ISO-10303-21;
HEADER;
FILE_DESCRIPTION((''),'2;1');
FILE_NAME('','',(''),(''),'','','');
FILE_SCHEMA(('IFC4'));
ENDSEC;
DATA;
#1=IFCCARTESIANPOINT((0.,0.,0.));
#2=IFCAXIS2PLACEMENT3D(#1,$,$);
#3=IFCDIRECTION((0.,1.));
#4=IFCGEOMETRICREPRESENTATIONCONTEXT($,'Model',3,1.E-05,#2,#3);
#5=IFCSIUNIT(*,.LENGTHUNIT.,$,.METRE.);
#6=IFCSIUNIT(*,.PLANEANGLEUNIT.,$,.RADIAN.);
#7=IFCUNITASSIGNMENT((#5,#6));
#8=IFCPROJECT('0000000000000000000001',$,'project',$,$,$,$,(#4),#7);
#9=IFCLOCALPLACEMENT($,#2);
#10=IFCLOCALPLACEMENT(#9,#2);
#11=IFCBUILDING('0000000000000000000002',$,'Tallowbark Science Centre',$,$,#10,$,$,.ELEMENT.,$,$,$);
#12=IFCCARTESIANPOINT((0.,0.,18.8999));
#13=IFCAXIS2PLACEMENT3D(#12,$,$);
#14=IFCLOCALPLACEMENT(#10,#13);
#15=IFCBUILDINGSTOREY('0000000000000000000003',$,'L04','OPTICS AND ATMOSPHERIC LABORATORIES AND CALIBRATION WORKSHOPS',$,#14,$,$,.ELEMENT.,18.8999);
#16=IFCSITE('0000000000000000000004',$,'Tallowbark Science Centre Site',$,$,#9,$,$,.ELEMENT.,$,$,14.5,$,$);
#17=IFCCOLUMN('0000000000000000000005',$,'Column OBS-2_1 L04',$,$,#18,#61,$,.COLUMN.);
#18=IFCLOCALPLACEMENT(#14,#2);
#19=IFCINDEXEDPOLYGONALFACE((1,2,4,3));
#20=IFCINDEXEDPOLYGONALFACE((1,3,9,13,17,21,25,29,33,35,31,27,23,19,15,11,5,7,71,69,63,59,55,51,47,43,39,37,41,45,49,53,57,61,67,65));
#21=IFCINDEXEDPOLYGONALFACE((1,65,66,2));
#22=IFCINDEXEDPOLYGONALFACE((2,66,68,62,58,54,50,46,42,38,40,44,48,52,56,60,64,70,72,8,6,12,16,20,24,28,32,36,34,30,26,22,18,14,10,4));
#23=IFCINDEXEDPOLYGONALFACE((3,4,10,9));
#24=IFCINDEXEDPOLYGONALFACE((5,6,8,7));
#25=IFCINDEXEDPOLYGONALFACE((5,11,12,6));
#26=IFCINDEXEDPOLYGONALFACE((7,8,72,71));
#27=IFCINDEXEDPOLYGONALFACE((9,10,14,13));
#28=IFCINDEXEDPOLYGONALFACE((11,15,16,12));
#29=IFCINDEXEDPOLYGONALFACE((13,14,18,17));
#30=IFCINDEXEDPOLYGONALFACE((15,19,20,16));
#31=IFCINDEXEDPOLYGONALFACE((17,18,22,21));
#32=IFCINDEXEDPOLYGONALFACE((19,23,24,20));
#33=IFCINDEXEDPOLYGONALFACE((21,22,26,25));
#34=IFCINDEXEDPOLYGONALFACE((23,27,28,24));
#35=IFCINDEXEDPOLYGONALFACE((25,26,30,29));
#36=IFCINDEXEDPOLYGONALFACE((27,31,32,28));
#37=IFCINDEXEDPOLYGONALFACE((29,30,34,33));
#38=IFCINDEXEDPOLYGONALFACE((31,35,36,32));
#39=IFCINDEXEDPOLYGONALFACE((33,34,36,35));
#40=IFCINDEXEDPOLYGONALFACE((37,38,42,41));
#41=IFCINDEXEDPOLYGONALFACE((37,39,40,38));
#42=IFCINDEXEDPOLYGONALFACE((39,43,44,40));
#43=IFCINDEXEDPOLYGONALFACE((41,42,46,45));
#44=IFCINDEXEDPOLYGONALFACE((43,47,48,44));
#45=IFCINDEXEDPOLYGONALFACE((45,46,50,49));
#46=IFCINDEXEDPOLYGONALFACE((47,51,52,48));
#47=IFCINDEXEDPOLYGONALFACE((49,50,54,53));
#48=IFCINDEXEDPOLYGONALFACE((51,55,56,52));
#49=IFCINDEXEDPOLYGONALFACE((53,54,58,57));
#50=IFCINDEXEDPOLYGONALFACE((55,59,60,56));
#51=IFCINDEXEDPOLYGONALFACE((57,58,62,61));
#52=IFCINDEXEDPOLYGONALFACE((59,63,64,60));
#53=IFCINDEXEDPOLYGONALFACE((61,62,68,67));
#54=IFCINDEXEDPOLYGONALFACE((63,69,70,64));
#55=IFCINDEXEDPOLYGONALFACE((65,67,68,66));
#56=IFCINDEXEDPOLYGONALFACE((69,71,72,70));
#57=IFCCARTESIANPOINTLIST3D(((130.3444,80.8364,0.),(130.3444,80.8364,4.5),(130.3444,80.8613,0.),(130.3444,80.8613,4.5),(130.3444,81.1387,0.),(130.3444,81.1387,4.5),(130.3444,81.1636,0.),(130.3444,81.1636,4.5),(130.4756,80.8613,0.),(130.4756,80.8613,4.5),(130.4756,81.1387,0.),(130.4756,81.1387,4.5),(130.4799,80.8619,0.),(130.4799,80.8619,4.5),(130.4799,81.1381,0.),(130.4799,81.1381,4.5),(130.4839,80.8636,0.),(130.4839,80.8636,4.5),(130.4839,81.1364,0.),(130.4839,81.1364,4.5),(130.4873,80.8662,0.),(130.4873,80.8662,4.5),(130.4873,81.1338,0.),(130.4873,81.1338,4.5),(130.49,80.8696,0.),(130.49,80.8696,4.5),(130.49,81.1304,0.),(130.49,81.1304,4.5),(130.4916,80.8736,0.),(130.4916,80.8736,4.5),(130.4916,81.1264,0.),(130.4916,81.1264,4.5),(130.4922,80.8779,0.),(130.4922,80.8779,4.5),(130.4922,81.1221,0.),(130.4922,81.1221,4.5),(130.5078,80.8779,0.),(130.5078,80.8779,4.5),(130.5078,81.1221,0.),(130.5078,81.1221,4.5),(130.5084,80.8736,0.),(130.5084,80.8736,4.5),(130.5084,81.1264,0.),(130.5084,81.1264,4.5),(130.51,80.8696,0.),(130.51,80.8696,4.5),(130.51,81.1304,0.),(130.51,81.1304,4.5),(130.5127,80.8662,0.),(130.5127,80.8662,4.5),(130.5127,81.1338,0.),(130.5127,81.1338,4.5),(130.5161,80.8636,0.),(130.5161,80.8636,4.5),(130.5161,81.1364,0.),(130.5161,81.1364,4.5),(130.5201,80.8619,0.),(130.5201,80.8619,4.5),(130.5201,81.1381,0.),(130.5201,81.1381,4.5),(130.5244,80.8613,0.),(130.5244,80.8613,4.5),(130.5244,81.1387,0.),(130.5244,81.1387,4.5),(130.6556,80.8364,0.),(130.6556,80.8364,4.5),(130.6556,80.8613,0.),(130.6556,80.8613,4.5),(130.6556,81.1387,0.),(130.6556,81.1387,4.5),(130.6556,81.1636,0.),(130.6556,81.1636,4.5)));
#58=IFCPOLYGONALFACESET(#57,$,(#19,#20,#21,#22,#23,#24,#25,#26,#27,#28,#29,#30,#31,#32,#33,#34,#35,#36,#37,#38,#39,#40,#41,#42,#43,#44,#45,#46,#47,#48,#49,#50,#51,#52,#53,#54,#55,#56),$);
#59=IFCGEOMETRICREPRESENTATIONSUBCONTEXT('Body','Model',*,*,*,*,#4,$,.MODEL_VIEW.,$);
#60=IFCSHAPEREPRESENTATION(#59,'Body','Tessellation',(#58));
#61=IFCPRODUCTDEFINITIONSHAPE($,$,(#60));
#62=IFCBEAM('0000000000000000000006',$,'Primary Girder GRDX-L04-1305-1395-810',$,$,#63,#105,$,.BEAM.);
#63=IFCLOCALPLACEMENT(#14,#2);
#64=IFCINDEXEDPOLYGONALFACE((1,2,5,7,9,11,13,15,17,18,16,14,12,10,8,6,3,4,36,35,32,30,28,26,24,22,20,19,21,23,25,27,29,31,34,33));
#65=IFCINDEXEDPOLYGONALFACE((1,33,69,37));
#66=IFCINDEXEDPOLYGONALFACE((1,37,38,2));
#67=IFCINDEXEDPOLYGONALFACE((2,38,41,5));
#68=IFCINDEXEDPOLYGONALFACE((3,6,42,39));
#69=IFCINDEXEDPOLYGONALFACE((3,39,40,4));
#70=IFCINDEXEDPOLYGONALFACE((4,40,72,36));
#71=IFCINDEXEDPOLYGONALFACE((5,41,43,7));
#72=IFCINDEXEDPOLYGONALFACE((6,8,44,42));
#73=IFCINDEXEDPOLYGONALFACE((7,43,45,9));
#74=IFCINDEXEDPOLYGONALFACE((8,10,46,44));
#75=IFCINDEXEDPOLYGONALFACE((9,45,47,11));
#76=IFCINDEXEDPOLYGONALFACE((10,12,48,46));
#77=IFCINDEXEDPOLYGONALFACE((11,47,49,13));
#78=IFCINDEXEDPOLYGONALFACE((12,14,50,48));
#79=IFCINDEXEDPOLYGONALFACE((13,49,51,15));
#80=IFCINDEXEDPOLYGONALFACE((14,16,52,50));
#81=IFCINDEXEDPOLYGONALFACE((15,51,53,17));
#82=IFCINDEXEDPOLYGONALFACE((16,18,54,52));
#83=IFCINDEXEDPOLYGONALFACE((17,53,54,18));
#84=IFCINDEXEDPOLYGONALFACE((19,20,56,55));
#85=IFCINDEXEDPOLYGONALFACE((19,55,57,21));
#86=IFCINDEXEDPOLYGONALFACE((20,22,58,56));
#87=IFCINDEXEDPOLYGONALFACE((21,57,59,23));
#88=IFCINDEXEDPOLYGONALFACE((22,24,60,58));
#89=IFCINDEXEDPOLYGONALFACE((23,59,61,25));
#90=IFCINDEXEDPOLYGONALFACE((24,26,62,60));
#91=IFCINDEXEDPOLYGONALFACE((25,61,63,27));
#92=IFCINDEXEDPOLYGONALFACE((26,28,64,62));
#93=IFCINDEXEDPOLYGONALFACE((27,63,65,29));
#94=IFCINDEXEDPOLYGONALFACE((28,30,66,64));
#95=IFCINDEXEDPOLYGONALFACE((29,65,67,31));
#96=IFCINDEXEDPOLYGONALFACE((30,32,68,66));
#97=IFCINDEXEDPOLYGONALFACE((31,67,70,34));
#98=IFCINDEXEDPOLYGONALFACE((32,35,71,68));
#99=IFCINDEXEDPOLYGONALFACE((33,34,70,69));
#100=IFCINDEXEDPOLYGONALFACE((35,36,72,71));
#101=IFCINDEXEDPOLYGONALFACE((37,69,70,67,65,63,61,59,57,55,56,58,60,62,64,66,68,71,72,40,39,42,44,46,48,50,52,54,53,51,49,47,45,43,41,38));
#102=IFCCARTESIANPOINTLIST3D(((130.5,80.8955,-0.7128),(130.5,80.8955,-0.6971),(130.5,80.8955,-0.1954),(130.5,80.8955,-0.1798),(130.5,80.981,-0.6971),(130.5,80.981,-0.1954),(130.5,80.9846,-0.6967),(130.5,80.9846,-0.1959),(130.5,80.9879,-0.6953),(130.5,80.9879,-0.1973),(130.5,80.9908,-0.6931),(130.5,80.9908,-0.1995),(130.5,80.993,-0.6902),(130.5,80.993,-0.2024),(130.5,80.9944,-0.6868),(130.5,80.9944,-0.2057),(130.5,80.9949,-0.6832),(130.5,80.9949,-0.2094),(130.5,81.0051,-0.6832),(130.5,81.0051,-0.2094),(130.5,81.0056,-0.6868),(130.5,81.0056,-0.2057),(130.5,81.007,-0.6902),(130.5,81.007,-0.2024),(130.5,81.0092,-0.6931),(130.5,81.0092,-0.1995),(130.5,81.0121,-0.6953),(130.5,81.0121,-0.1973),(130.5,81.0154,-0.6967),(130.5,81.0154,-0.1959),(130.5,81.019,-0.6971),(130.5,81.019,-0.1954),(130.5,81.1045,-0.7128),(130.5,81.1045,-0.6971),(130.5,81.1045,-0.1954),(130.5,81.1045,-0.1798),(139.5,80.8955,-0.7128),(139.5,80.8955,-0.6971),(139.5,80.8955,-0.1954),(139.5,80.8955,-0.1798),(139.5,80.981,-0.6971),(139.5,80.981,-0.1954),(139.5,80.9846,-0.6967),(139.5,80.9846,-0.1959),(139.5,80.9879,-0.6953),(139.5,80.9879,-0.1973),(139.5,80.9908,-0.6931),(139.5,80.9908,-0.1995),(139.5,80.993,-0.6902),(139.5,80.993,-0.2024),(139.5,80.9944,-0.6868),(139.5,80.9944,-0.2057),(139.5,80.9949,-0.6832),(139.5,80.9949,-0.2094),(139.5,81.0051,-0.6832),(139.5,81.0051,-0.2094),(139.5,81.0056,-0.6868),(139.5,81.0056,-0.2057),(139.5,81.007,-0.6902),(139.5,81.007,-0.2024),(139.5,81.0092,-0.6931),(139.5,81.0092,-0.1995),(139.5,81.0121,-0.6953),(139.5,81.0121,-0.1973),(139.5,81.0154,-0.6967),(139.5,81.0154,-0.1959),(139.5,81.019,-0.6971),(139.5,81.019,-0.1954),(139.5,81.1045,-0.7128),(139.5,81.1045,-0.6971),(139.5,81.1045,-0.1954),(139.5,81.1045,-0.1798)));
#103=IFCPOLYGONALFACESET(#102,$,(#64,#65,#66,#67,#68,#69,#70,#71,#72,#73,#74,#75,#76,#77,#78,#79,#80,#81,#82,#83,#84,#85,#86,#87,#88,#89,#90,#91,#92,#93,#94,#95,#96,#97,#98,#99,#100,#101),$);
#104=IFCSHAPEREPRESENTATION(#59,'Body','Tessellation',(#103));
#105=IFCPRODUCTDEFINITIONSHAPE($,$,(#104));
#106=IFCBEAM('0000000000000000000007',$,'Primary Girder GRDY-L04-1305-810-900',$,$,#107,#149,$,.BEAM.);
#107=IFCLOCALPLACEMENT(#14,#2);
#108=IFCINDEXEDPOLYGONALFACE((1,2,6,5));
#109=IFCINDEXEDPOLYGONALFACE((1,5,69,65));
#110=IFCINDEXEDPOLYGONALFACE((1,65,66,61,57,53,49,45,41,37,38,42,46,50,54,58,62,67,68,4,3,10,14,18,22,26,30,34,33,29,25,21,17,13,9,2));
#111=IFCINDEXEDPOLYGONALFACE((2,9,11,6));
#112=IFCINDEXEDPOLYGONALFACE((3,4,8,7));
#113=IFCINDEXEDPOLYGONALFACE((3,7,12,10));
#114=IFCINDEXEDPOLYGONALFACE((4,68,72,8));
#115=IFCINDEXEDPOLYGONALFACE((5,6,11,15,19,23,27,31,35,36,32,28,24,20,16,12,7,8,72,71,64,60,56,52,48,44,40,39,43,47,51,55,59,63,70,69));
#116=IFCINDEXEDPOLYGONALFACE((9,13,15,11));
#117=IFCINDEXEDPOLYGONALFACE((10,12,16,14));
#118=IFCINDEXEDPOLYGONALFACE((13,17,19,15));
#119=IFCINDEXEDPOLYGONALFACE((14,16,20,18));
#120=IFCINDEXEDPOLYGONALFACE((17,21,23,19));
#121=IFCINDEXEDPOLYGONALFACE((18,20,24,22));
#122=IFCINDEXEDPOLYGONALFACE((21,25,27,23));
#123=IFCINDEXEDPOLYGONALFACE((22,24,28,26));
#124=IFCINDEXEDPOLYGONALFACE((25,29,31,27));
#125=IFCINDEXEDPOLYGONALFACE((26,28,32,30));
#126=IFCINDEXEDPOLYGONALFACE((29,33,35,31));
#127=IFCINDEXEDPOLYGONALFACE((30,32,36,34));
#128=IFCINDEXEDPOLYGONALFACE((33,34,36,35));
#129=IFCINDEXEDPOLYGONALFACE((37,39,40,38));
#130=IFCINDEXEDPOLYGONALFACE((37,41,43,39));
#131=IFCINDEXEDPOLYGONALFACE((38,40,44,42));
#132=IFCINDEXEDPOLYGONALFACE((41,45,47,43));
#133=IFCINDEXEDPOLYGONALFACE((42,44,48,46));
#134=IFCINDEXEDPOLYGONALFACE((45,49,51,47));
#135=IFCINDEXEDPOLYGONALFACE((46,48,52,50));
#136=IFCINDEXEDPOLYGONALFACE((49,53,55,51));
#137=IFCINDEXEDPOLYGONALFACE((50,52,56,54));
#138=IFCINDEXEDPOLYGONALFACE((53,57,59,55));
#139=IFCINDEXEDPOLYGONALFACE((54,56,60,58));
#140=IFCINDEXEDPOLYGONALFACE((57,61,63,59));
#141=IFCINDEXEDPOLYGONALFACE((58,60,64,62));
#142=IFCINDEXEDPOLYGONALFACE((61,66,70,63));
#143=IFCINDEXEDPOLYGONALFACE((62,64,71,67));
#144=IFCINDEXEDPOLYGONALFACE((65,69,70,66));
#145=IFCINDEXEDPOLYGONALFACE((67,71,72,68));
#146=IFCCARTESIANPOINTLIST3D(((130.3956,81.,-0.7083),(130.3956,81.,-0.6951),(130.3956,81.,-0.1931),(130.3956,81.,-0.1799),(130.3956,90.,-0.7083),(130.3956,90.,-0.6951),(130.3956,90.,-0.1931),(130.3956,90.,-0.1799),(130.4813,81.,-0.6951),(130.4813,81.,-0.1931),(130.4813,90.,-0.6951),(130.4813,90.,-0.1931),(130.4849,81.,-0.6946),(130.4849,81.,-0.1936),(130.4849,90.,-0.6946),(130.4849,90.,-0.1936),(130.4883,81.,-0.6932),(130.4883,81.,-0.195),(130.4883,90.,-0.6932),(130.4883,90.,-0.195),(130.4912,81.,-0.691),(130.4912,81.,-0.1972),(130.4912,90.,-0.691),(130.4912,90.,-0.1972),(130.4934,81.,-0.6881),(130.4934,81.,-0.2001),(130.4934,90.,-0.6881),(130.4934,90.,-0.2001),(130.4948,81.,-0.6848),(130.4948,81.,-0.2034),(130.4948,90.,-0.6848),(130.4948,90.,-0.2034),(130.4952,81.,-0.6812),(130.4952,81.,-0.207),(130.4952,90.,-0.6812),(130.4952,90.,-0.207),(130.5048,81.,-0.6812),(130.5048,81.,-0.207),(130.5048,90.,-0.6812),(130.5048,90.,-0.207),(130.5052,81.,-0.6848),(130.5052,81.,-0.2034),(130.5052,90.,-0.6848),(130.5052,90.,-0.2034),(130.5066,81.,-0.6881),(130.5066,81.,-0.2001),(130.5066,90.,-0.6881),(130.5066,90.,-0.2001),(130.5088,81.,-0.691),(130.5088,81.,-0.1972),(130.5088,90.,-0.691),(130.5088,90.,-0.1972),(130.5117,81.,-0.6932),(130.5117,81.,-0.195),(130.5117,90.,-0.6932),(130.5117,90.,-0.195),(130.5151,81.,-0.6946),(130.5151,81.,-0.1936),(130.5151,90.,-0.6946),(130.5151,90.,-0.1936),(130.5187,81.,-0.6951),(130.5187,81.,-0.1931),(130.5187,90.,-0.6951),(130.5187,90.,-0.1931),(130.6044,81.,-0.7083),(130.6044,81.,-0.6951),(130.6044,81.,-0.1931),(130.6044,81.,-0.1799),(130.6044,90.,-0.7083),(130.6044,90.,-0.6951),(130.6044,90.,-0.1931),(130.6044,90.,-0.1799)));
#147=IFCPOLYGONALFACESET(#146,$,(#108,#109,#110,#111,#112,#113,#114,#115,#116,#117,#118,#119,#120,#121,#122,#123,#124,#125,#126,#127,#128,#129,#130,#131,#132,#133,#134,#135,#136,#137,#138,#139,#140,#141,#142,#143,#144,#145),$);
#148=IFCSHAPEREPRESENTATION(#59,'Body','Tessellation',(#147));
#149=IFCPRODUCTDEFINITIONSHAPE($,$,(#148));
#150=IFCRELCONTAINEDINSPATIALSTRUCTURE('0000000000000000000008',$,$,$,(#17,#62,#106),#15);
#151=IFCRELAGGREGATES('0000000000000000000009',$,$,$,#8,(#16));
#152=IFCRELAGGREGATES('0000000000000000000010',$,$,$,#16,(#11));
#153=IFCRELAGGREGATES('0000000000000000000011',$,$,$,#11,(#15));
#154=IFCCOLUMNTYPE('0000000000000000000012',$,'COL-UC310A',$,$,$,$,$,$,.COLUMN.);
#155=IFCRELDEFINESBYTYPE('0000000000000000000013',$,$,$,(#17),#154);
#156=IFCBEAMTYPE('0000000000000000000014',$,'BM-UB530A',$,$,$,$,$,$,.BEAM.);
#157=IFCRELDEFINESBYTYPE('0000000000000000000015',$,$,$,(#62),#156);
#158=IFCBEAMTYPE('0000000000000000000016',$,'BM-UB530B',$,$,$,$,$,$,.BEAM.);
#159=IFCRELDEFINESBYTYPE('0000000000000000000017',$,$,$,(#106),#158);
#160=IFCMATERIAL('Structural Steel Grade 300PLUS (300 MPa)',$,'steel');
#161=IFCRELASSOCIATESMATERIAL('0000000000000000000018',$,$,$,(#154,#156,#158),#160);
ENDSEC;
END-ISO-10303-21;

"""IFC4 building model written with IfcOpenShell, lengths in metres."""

from ifc_helpers import new_model, si_unit, direction, frame, origin, origin_2d, place, context, subcontext, project, spatial, i_section, extrude, material, material_profile, profile_set, type_object, element, save


model = new_model("IFC4")

# Units and contexts
model_context = context("Model", 3, precision=1e-05, world=origin(), true_north=direction((0.0, 1.0)))
body_context = subcontext(model_context, "Body", "Model", "MODEL_VIEW")
ifc_project = project(units=[si_unit("LENGTHUNIT", "METRE"), si_unit("PLANEANGLEUNIT", "RADIAN")], contexts=[model_context])

# Site, building, storey
site_placement = place(None, origin())
site = spatial("IfcSite", under=ifc_project, at=site_placement, Name="Tallowbark Science Centre Site", CompositionType="ELEMENT", RefElevation=14.5)
building_placement = place(site_placement, origin())
building = spatial("IfcBuilding", under=site, at=building_placement, Name="Tallowbark Science Centre", CompositionType="ELEMENT")
storey_placement = place(building_placement, frame((0.0, 0.0, 18.8999)))
storey = spatial("IfcBuildingStorey", under=building, at=storey_placement, Name="L04", Description="OPTICS AND ATMOSPHERIC LABORATORIES AND CALIBRATION WORKSHOPS", CompositionType="ELEMENT", Elevation=18.8999)

# Column
ifc_material_1 = material(Name="Structural Steel Grade 300PLUS (300 MPa)", Category="steel")
ifc_material_profile_1 = material_profile(ifc_material_1, i_section(OverallWidth=0.3113, OverallDepth=0.3271, WebThickness=0.0156, FlangeThickness=0.0249, FilletRadius=0.0166, at=origin_2d()), Name="310UC158")
ifc_profile_set_1 = profile_set([ifc_material_profile_1], Name="Structural Steel Grade 300PLUS (300 MPa)")
column_type = type_object("IfcColumnType", Name="COL-UC310A", PredefinedType="COLUMN", material=ifc_profile_set_1)
column_placement = place(storey_placement, frame((130.5, 81.0, 0.0), z_axis=(0.0, 0.0, 1.0), x_axis=(1.0, 0.0, 0.0)))
element("IfcColumn", 1, at=column_placement, inside=storey, type_object=column_type, Name="Column OBS-2_1 L04", PredefinedType="COLUMN", context=body_context, shape_type="SweptSolid", body=[
    extrude(i_section(OverallWidth=0.3113, OverallDepth=0.3271, WebThickness=0.0156, FlangeThickness=0.0249, FilletRadius=0.0166, at=origin_2d()), origin(), (0.0, 0.0, 1.0), 4.5),
])

# Beams
ifc_material_profile_2 = material_profile(ifc_material_1, i_section(OverallWidth=0.209, OverallDepth=0.533, WebThickness=0.0103, FlangeThickness=0.0156, FilletRadius=0.0139, at=origin_2d()), Name="530UB92.4")
ifc_profile_set_2 = profile_set([ifc_material_profile_2], Name="Structural Steel Grade 300PLUS (300 MPa)")
beam_type_1 = type_object("IfcBeamType", Name="BM-UB530A", PredefinedType="BEAM", material=ifc_profile_set_2)
beam_1_placement = place(storey_placement, frame((130.5, 81.0, -0.4463), z_axis=(1.0, 0.0, 0.0), x_axis=(0.0, 1.0, 0.0)))
element("IfcBeam", 2, at=beam_1_placement, inside=storey, type_object=beam_type_1, Name="Primary Girder GRDX-L04-1305-1395-810", PredefinedType="BEAM", context=body_context, shape_type="SweptSolid", body=[
    extrude(i_section(OverallWidth=0.209, OverallDepth=0.533, WebThickness=0.0103, FlangeThickness=0.0156, FilletRadius=0.0139, at=origin_2d()), origin(), (0.0, 0.0, 1.0), 9.0),
])
ifc_material_profile_3 = material_profile(ifc_material_1, i_section(OverallWidth=0.2087, OverallDepth=0.5283, WebThickness=0.0095, FlangeThickness=0.0132, FilletRadius=0.0139, at=origin_2d()), Name="530UB82.0")
ifc_profile_set_3 = profile_set([ifc_material_profile_3], Name="Structural Steel Grade 300PLUS (300 MPa)")
beam_type_2 = type_object("IfcBeamType", Name="BM-UB530B", PredefinedType="BEAM", material=ifc_profile_set_3)
beam_2_placement = place(storey_placement, frame((130.5, 81.0, -0.4441), z_axis=(0.0, 1.0, 0.0), x_axis=(-1.0, 0.0, 0.0)))
element("IfcBeam", 3, at=beam_2_placement, inside=storey, type_object=beam_type_2, Name="Primary Girder GRDY-L04-1305-810-900", PredefinedType="BEAM", context=body_context, shape_type="SweptSolid", body=[
    extrude(i_section(OverallWidth=0.2087, OverallDepth=0.5283, WebThickness=0.0095, FlangeThickness=0.0132, FilletRadius=0.0139, at=origin_2d()), origin(), (0.0, 0.0, 1.0), 9.0),
])

save(model, "model.ifc")
